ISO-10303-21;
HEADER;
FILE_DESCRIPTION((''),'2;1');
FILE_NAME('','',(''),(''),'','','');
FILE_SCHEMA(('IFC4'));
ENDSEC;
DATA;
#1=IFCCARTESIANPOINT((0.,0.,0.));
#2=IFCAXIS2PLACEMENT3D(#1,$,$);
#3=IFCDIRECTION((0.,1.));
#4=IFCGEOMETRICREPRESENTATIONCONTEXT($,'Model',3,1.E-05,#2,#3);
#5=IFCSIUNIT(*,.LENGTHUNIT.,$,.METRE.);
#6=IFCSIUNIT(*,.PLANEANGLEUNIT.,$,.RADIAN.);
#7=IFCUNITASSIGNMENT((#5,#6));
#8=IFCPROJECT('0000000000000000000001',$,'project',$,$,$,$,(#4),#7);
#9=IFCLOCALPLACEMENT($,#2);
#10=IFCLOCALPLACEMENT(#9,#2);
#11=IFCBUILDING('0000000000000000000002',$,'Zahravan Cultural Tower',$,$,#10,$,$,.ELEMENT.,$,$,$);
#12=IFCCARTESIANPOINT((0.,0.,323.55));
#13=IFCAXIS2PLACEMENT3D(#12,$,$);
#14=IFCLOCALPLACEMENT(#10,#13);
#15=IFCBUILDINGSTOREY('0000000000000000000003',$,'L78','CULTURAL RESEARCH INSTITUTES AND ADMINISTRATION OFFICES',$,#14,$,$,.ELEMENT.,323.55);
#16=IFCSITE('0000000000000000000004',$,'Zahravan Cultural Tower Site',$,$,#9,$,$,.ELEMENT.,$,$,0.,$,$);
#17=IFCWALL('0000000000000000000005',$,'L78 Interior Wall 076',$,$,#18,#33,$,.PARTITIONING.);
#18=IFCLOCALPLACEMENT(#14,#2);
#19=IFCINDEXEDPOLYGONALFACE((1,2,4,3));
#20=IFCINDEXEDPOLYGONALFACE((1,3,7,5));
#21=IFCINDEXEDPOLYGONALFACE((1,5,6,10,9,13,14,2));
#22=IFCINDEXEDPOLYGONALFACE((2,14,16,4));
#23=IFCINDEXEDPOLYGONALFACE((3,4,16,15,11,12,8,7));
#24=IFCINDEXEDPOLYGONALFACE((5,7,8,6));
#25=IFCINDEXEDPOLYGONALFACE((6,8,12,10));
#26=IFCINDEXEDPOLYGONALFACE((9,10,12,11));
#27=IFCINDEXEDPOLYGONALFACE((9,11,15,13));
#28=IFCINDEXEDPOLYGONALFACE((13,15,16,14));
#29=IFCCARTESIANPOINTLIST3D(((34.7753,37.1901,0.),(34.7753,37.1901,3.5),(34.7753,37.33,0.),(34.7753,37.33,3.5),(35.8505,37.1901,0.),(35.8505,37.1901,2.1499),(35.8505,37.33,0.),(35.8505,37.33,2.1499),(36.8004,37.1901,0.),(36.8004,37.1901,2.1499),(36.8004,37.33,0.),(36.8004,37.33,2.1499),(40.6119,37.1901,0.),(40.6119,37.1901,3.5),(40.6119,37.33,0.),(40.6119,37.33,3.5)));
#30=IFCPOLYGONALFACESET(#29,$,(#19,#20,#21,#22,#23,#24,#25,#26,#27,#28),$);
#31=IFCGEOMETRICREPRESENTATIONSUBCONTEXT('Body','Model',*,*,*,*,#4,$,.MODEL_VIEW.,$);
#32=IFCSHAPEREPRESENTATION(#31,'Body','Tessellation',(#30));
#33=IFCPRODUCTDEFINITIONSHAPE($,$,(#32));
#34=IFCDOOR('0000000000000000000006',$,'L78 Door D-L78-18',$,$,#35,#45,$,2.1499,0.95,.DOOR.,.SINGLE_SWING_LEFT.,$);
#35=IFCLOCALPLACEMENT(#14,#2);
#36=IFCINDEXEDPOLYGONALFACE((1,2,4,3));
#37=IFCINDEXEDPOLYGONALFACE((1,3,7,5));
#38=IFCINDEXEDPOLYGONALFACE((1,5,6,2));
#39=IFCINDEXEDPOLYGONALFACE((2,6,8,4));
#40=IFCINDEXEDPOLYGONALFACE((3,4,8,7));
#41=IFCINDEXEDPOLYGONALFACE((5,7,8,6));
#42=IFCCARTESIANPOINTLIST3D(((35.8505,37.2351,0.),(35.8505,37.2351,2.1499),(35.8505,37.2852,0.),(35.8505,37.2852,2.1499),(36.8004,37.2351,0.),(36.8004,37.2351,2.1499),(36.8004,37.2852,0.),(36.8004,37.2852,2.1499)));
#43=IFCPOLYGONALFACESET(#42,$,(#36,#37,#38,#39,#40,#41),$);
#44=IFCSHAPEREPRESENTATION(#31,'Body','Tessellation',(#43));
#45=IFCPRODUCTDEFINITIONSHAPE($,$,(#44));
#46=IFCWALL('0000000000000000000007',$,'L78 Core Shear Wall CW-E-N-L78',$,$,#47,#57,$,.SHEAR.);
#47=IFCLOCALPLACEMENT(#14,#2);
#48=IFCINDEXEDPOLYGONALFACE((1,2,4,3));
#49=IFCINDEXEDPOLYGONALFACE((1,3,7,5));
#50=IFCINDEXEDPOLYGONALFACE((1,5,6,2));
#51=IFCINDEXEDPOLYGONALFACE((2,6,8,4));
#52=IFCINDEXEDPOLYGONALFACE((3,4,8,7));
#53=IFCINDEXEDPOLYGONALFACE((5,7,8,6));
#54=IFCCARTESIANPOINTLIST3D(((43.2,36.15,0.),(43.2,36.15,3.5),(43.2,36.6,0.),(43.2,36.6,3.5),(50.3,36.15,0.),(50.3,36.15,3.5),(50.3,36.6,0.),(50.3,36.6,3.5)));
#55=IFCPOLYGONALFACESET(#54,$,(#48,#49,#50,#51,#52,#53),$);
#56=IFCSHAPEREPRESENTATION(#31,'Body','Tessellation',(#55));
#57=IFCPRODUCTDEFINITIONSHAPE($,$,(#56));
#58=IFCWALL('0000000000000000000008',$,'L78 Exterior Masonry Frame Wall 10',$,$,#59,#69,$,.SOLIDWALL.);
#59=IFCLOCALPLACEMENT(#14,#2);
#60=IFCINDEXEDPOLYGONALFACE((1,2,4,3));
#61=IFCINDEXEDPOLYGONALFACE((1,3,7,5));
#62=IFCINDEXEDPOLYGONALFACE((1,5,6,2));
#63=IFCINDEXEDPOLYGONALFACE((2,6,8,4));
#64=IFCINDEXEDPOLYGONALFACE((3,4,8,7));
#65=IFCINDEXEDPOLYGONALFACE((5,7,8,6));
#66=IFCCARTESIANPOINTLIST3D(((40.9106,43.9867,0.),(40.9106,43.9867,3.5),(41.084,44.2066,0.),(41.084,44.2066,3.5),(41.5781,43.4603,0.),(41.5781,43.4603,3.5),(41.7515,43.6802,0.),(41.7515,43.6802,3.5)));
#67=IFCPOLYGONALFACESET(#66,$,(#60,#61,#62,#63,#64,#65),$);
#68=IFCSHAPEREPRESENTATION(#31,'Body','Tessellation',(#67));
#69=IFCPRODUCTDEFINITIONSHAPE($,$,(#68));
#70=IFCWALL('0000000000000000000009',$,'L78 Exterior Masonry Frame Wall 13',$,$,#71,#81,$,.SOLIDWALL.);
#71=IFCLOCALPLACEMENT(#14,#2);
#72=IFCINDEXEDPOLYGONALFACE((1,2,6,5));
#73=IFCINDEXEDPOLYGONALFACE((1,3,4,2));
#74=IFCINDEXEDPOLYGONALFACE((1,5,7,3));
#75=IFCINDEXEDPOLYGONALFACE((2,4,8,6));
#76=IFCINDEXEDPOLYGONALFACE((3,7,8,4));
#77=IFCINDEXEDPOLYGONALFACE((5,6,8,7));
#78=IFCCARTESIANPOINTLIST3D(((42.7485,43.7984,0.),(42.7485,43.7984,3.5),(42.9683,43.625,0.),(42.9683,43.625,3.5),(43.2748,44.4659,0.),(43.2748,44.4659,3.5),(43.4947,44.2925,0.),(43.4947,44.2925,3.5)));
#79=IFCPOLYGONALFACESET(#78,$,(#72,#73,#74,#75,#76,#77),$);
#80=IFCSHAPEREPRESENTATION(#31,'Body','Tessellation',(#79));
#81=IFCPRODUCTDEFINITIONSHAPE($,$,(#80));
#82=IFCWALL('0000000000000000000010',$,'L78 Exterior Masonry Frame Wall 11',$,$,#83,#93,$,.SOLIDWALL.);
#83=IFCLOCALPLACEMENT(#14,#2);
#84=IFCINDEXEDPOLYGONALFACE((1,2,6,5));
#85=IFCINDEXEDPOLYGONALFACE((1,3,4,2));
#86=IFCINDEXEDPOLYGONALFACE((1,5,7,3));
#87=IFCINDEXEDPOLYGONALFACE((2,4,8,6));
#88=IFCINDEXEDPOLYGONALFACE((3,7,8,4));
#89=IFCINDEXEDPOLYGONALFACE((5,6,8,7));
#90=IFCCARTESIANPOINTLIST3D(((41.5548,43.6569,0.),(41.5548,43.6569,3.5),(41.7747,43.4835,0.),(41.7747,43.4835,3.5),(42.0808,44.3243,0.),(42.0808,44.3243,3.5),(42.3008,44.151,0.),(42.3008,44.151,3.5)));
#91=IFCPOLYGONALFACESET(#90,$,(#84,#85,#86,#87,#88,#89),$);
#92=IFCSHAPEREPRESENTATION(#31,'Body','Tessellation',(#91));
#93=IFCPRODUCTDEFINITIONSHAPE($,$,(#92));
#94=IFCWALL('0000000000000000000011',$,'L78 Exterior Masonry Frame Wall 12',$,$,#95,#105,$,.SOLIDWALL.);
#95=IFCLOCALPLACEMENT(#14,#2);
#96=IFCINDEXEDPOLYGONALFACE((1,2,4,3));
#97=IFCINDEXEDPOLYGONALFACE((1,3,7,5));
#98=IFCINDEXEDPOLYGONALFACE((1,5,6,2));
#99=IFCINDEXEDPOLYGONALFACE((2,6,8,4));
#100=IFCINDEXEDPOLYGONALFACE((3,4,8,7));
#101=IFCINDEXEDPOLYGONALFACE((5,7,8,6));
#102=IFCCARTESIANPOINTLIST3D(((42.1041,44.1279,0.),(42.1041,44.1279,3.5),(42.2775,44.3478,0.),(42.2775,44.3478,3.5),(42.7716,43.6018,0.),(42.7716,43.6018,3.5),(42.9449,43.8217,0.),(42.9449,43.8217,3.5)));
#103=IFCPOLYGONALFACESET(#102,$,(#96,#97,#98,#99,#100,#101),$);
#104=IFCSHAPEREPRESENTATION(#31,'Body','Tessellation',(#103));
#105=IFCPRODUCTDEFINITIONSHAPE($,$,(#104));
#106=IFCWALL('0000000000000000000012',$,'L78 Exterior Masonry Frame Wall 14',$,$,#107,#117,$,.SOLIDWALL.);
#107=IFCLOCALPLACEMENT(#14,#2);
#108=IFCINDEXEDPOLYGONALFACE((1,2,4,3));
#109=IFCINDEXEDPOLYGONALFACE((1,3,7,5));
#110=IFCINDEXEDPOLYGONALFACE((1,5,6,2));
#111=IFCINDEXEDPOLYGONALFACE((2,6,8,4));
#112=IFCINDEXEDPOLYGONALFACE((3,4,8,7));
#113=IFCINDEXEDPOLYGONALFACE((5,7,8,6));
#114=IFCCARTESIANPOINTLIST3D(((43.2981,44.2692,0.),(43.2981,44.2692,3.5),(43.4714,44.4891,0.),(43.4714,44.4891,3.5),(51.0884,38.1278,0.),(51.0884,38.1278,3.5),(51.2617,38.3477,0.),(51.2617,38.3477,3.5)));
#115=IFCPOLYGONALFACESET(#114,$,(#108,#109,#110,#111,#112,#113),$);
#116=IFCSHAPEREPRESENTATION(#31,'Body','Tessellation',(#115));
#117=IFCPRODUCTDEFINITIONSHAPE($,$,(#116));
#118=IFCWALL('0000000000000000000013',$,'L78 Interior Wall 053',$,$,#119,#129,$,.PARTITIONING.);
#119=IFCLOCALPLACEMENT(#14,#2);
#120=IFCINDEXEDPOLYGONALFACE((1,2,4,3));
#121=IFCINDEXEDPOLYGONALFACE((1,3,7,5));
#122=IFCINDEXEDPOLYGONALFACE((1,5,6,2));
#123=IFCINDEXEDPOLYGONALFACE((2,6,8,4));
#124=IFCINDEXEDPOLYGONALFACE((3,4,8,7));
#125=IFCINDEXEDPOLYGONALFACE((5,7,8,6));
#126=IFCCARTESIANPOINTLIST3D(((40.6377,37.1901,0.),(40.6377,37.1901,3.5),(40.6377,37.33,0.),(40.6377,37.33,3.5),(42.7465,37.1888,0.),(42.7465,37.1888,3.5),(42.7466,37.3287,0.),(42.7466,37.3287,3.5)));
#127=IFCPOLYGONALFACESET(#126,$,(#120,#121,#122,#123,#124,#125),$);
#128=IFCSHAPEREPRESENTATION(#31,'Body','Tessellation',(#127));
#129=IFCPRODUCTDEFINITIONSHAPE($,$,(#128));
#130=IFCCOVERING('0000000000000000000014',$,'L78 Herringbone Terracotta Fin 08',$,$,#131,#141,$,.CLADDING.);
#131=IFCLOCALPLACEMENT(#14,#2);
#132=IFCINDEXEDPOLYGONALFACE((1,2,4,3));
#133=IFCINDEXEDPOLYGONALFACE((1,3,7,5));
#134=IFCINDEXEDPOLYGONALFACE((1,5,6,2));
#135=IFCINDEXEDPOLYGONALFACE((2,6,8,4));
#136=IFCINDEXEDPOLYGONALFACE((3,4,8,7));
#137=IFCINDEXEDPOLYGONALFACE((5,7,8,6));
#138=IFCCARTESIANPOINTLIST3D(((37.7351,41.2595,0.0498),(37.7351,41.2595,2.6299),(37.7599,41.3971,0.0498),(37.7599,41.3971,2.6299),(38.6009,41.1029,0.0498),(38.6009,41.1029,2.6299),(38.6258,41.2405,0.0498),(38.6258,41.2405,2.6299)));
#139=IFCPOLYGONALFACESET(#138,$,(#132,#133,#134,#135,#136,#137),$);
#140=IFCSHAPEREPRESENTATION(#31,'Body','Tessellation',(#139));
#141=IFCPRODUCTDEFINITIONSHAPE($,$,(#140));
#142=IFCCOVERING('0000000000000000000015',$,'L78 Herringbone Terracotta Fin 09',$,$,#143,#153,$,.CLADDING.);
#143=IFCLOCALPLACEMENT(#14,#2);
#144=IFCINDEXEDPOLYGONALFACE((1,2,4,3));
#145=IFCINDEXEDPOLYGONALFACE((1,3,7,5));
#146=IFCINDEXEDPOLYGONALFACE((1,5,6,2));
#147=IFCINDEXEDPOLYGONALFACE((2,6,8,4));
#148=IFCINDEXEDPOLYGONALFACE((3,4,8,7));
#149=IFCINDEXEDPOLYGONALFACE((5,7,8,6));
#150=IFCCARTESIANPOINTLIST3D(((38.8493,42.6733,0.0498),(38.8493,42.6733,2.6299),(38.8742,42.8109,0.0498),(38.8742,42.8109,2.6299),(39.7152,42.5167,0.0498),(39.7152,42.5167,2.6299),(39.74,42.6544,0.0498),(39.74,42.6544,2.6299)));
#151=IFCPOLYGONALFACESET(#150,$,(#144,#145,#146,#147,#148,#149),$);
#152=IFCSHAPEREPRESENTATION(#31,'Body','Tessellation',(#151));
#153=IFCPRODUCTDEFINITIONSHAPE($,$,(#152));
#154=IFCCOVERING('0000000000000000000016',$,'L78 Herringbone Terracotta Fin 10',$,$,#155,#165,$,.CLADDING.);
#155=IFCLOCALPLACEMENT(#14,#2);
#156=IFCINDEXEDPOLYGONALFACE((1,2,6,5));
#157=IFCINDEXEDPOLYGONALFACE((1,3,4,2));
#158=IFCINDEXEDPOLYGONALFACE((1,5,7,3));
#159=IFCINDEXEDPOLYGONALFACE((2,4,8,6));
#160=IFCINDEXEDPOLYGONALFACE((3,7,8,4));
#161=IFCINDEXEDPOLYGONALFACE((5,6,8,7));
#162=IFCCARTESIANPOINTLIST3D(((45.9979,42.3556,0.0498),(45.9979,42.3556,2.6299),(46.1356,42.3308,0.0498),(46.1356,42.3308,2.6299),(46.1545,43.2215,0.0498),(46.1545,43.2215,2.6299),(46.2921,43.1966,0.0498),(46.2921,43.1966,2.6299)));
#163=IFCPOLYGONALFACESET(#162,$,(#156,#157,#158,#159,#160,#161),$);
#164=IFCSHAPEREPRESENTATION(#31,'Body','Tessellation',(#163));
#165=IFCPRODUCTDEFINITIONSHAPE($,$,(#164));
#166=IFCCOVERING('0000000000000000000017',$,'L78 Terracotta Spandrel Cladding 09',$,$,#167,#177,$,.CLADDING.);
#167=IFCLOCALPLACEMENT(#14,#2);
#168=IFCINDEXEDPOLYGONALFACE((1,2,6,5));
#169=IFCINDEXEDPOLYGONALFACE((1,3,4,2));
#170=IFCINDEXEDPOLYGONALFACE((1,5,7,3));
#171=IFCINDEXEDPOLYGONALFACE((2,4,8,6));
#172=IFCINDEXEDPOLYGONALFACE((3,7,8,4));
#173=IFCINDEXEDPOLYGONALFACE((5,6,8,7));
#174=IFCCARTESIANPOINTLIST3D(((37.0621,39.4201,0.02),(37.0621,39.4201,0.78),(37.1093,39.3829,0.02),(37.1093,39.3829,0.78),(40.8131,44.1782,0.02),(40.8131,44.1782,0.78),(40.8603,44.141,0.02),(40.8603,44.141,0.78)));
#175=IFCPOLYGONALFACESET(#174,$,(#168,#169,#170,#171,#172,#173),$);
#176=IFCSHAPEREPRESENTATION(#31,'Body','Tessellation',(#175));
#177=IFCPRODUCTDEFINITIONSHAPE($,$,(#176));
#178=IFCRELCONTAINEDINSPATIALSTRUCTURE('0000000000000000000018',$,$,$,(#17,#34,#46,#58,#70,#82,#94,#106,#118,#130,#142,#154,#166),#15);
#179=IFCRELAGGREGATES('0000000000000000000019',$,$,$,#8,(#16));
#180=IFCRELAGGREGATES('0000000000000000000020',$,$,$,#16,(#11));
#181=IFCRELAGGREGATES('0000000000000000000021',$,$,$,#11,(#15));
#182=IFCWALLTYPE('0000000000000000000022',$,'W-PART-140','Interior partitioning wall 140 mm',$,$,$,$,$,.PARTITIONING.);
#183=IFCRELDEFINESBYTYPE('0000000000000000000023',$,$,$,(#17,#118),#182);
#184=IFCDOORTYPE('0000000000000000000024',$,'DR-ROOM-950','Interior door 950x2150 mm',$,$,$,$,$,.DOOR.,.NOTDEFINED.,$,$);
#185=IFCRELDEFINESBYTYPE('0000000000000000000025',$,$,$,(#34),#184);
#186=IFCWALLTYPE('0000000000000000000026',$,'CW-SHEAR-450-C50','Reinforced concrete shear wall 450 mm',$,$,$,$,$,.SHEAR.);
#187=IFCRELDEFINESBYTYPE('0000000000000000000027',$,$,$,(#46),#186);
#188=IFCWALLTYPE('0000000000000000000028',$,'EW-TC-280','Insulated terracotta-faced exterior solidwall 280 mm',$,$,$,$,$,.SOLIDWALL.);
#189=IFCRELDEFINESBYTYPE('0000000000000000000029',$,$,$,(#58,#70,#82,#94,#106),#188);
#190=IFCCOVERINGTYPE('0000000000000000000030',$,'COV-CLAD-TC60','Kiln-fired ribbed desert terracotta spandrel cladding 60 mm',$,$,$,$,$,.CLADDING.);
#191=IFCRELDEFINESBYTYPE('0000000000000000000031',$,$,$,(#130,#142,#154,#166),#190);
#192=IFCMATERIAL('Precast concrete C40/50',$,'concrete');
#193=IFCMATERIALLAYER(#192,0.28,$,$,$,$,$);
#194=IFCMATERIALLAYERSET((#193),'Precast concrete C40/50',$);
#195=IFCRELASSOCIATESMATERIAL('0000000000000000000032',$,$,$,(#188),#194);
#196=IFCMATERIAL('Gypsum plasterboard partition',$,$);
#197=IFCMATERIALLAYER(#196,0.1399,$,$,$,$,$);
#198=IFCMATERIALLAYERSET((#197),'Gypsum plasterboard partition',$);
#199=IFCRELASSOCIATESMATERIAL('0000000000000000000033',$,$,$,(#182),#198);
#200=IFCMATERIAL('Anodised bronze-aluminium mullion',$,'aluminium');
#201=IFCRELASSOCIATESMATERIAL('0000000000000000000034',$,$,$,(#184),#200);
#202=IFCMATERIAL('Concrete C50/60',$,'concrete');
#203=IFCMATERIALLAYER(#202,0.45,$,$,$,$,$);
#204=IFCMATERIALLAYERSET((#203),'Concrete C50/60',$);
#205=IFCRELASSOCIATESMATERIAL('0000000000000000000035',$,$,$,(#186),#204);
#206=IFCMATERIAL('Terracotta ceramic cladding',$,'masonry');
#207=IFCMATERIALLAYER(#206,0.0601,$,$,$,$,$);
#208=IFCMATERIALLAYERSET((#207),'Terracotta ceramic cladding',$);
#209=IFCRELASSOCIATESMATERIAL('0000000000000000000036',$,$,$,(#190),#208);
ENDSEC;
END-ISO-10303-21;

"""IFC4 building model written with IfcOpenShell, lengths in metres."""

from ifc_helpers import new_model, si_unit, direction, frame, frame_2d, origin, origin_2d, place, context, subcontext, project, spatial, rectangle, extrude, source, transform, mapped, material, layer, layer_set, type_object, element, fill, save


model = new_model("IFC4")

# Units and contexts
model_context = context("Model", 3, precision=1e-05, world=origin(), true_north=direction((0.0, 1.0)))
body_context = subcontext(model_context, "Body", "Model", "MODEL_VIEW")
ifc_project = project(units=[si_unit("LENGTHUNIT", "METRE"), si_unit("PLANEANGLEUNIT", "RADIAN")], contexts=[model_context])

# Site, building, storey
site_placement = place(None, origin())
site = spatial("IfcSite", under=ifc_project, at=site_placement, Name="Zahravan Cultural Tower Site", CompositionType="ELEMENT", RefElevation=0.0)
building_placement = place(site_placement, origin())
building = spatial("IfcBuilding", under=site, at=building_placement, Name="Zahravan Cultural Tower", CompositionType="ELEMENT")
storey_placement = place(building_placement, frame((0.0, 0.0, 323.55)))
storey = spatial("IfcBuildingStorey", under=building, at=storey_placement, Name="L78", Description="CULTURAL RESEARCH INSTITUTES AND ADMINISTRATION OFFICES", CompositionType="ELEMENT", Elevation=323.55)

# Shared definitions
ifc_material_1 = material(Name="Precast concrete C40/50", Category="concrete")
ifc_layer_1 = layer(ifc_material_1, 0.28)
ifc_layer_set_1 = layer_set([ifc_layer_1], Name="Precast concrete C40/50")
wall_type_1 = type_object("IfcWallType", Name="EW-TC-280", Description="Insulated terracotta-faced exterior solidwall 280 mm", PredefinedType="SOLIDWALL", material=ifc_layer_set_1)

# Wall, opening, door
ifc_material_2 = material(Name="Gypsum plasterboard partition")
ifc_layer_2 = layer(ifc_material_2, 0.1399)
ifc_layer_set_2 = layer_set([ifc_layer_2], Name="Gypsum plasterboard partition")
wall_type_2 = type_object("IfcWallType", Name="W-PART-140", Description="Interior partitioning wall 140 mm", PredefinedType="PARTITIONING", material=ifc_layer_set_2)
ifc_material_3 = material(Name="Anodised bronze-aluminium mullion", Category="aluminium")
door_type = type_object("IfcDoorType", Name="DR-ROOM-950", Description="Interior door 950x2150 mm", OperationType="NOTDEFINED", PredefinedType="DOOR", material=ifc_material_3)
shared_shape_1 = source(origin(), body_context, "Body", "SweptSolid", [
    extrude(rectangle(XDim=0.95, YDim=2.1499, at=frame_2d((0.4751, 1.075))), frame((0.0, 0.0249, 0.0), z_axis=(0.0, -1.0, 0.0), x_axis=(1.0, 0.0, 0.0)), (0.0, 0.0, 1.0), 0.05),
])
wall_1_placement = place(storey_placement, frame((40.6121, 37.26, 0.0), z_axis=(0.0, 0.0, 1.0), x_axis=(-1.0, 0.0, 0.0)))
wall_1 = element("IfcWall", 1, at=wall_1_placement, inside=storey, type_object=wall_type_2, Name="L78 Interior Wall 076", PredefinedType="PARTITIONING", context=body_context, shape_type="SweptSolid", body=[
    extrude(rectangle(XDim=5.8367, YDim=0.1399, at=frame_2d((2.9185, 0.0))), origin(), (0.0, 0.0, 1.0), 3.5),
])
opening_1_placement = place(wall_1_placement, frame((3.8115, 0.0, 0.0)))
opening_1 = element("IfcOpeningElement", 2, at=opening_1_placement, cuts=wall_1, PredefinedType="OPENING", context=body_context, shape_type="SweptSolid", body=[
    extrude(rectangle(XDim=0.95, YDim=2.1499, at=frame_2d((0.4751, 1.075))), frame((0.0, 0.0798, 0.0), z_axis=(0.0, -1.0, 0.0), x_axis=(1.0, 0.0, 0.0)), (0.0, 0.0, 1.0), 0.1599),
])
door_1_placement = place(opening_1_placement, origin())
door_1 = element("IfcDoor", 3, at=door_1_placement, inside=storey, type_object=door_type, Name="L78 Door D-L78-18", OperationType="SINGLE_SWING_LEFT", OverallHeight=2.1499, OverallWidth=0.95, PredefinedType="DOOR", context=body_context, shape_type="MappedRepresentation", body=[
    mapped(shared_shape_1, transform((0.0, 0.0, 0.0), x_axis=(1.0, 0.0, 0.0), y_axis=(0.0, 1.0, 0.0), z_axis=(0.0, 0.0, 1.0), scale=1.0)),
])
fill(opening_1, door_1)

# Walls
ifc_material_4 = material(Name="Concrete C50/60", Category="concrete")
ifc_layer_3 = layer(ifc_material_4, 0.45)
ifc_layer_set_3 = layer_set([ifc_layer_3], Name="Concrete C50/60")
wall_type_3 = type_object("IfcWallType", Name="CW-SHEAR-450-C50", Description="Reinforced concrete shear wall 450 mm", PredefinedType="SHEAR", material=ifc_layer_set_3)
shared_shape_2 = source(origin(), body_context, "Body", "SweptSolid", [
    extrude(rectangle(XDim=7.1001, YDim=0.45, at=frame_2d((3.55, 0.0))), origin(), (0.0, 0.0, 1.0), 3.5),
])
wall_2_placement = place(storey_placement, frame((43.2, 36.375, 0.0), z_axis=(0.0, 0.0, 1.0), x_axis=(1.0, 0.0, 0.0)))
element("IfcWall", 4, at=wall_2_placement, inside=storey, type_object=wall_type_3, Name="L78 Core Shear Wall CW-E-N-L78", PredefinedType="SHEAR", context=body_context, shape_type="MappedRepresentation", body=[
    mapped(shared_shape_2, transform((0.0, 0.0, 0.0), x_axis=(1.0, 0.0, 0.0), y_axis=(0.0, 1.0, 0.0), z_axis=(0.0, 0.0, 1.0), scale=1.0)),
])
shared_shape_3 = source(origin(), body_context, "Body", "SweptSolid", [
    extrude(rectangle(XDim=0.8501, YDim=0.28, at=frame_2d((0.425, 0.0))), origin(), (0.0, 0.0, 1.0), 3.5),
])
for number, where, z_axis, x_axis, name in (
    (5, (40.9973, 44.0967, 0.0), (0.0, 0.0, 1.0), (0.785221, -0.619216, 0.0), "L78 Exterior Masonry Frame Wall 10"),
    (6, (42.8584, 43.7117, 0.0), (0.0, 0.0, 1.0), (0.619216, 0.785221, 0.0), "L78 Exterior Masonry Frame Wall 13"),
):
    element("IfcWall", number, at=place(storey_placement, frame(where, z_axis=z_axis, x_axis=x_axis)), inside=storey, type_object=wall_type_1, Name=name, PredefinedType="SOLIDWALL", context=body_context, shape_type="MappedRepresentation", body=[
        mapped(shared_shape_3, transform((0.0, 0.0, 0.0), x_axis=(1.0, 0.0, 0.0), y_axis=(0.0, 1.0, 0.0), z_axis=(0.0, 0.0, 1.0), scale=1.0)),
    ])
shared_shape_4 = source(origin(), body_context, "Body", "SweptSolid", [
    extrude(rectangle(XDim=0.8499, YDim=0.28, at=frame_2d((0.4248, 0.0))), origin(), (0.0, 0.0, 1.0), 3.5),
])
for number, where, z_axis, x_axis, name in (
    (7, (41.6648, 43.5703, 0.0), (0.0, 0.0, 1.0), (0.619039, 0.78536, 0.0), "L78 Exterior Masonry Frame Wall 11"),
    (8, (42.1909, 44.2378, 0.0), (0.0, 0.0, 1.0), (0.78536, -0.619039, 0.0), "L78 Exterior Masonry Frame Wall 12"),
):
    element("IfcWall", number, at=place(storey_placement, frame(where, z_axis=z_axis, x_axis=x_axis)), inside=storey, type_object=wall_type_1, Name=name, PredefinedType="SOLIDWALL", context=body_context, shape_type="MappedRepresentation", body=[
        mapped(shared_shape_4, transform((0.0, 0.0, 0.0), x_axis=(1.0, 0.0, 0.0), y_axis=(0.0, 1.0, 0.0), z_axis=(0.0, 0.0, 1.0), scale=1.0)),
    ])
shared_shape_5 = source(origin(), body_context, "Body", "SweptSolid", [
    extrude(rectangle(XDim=9.9199, YDim=0.28, at=frame_2d((4.96, 0.0))), origin(), (0.0, 0.0, 1.0), 3.5),
])
wall_3_placement = place(storey_placement, frame((43.3848, 44.3792, 0.0), z_axis=(0.0, 0.0, 1.0), x_axis=(0.785317, -0.619094, 0.0)))
element("IfcWall", 9, at=wall_3_placement, inside=storey, type_object=wall_type_1, Name="L78 Exterior Masonry Frame Wall 14", PredefinedType="SOLIDWALL", context=body_context, shape_type="MappedRepresentation", body=[
    mapped(shared_shape_5, transform((0.0, 0.0, 0.0), x_axis=(1.0, 0.0, 0.0), y_axis=(0.0, 1.0, 0.0), z_axis=(0.0, 0.0, 1.0), scale=1.0)),
])
shared_shape_6 = source(origin(), body_context, "Body", "SweptSolid", [
    extrude(rectangle(XDim=2.1089, YDim=0.1399, at=frame_2d((1.0544, 0.0))), origin(), (0.0, 0.0, 1.0), 3.5),
])
wall_4_placement = place(storey_placement, frame((42.7466, 37.2588, 0.0), z_axis=(0.0, 0.0, 1.0), x_axis=(-1.0, 0.000579, 0.0)))
element("IfcWall", 10, at=wall_4_placement, inside=storey, type_object=wall_type_2, Name="L78 Interior Wall 053", PredefinedType="PARTITIONING", context=body_context, shape_type="MappedRepresentation", body=[
    mapped(shared_shape_6, transform((0.0, 0.0, 0.0), x_axis=(1.0, 0.0, 0.0), y_axis=(0.0, 1.0, 0.0), z_axis=(0.0, 0.0, 1.0), scale=1.0)),
])

# Coverings
ifc_material_5 = material(Name="Terracotta ceramic cladding", Category="masonry")
ifc_layer_4 = layer(ifc_material_5, 0.0601)
ifc_layer_set_4 = layer_set([ifc_layer_4], Name="Terracotta ceramic cladding")
covering_type = type_object("IfcCoveringType", Name="COV-CLAD-TC60", Description="Kiln-fired ribbed desert terracotta spandrel cladding 60 mm", PredefinedType="CLADDING", material=ifc_layer_set_4)
shared_shape_7 = source(origin(), body_context, "Body", "SweptSolid", [
    extrude(rectangle(XDim=0.8799, YDim=0.1399, at=origin_2d()), origin(), (0.0, 0.0, 1.0), 2.5801),
])
for number, where, z_axis, x_axis, name in (
    (11, (38.1804, 41.25, 0.0498), (0.0, 0.0, 1.0), (-0.984041, 0.177944, 0.0), "L78 Herringbone Terracotta Fin 08"),
    (12, (39.2947, 42.6638, 0.0498), (0.0, 0.0, 1.0), (-0.984041, 0.177944, 0.0), "L78 Herringbone Terracotta Fin 09"),
    (13, (46.145, 42.7761, 0.0498), (0.0, 0.0, 1.0), (0.177944, 0.984041, 0.0), "L78 Herringbone Terracotta Fin 10"),
):
    element("IfcCovering", number, at=place(storey_placement, frame(where, z_axis=z_axis, x_axis=x_axis)), inside=storey, type_object=covering_type, Name=name, PredefinedType="CLADDING", context=body_context, shape_type="MappedRepresentation", body=[
        mapped(shared_shape_7, transform((0.0, 0.0, 0.0), x_axis=(1.0, 0.0, 0.0), y_axis=(0.0, 1.0, 0.0), z_axis=(0.0, 0.0, 1.0), scale=1.0)),
    ])
shared_shape_8 = source(origin(), body_context, "Body", "SweptSolid", [
    extrude(rectangle(XDim=6.0588, YDim=0.0601, at=origin_2d()), origin(), (0.0, 0.0, 1.0), 0.76),
])
covering_placement = place(storey_placement, frame((38.9612, 41.7805, 0.02), z_axis=(0.0, 0.0, 1.0), x_axis=(0.619094, 0.785317, 0.0)))
element("IfcCovering", 14, at=covering_placement, inside=storey, type_object=covering_type, Name="L78 Terracotta Spandrel Cladding 09", PredefinedType="CLADDING", context=body_context, shape_type="MappedRepresentation", body=[
    mapped(shared_shape_8, transform((0.0, 0.0, 0.0), x_axis=(1.0, 0.0, 0.0), y_axis=(0.0, 1.0, 0.0), z_axis=(0.0, 0.0, 1.0), scale=1.0)),
])

save(model, "model.ifc")
